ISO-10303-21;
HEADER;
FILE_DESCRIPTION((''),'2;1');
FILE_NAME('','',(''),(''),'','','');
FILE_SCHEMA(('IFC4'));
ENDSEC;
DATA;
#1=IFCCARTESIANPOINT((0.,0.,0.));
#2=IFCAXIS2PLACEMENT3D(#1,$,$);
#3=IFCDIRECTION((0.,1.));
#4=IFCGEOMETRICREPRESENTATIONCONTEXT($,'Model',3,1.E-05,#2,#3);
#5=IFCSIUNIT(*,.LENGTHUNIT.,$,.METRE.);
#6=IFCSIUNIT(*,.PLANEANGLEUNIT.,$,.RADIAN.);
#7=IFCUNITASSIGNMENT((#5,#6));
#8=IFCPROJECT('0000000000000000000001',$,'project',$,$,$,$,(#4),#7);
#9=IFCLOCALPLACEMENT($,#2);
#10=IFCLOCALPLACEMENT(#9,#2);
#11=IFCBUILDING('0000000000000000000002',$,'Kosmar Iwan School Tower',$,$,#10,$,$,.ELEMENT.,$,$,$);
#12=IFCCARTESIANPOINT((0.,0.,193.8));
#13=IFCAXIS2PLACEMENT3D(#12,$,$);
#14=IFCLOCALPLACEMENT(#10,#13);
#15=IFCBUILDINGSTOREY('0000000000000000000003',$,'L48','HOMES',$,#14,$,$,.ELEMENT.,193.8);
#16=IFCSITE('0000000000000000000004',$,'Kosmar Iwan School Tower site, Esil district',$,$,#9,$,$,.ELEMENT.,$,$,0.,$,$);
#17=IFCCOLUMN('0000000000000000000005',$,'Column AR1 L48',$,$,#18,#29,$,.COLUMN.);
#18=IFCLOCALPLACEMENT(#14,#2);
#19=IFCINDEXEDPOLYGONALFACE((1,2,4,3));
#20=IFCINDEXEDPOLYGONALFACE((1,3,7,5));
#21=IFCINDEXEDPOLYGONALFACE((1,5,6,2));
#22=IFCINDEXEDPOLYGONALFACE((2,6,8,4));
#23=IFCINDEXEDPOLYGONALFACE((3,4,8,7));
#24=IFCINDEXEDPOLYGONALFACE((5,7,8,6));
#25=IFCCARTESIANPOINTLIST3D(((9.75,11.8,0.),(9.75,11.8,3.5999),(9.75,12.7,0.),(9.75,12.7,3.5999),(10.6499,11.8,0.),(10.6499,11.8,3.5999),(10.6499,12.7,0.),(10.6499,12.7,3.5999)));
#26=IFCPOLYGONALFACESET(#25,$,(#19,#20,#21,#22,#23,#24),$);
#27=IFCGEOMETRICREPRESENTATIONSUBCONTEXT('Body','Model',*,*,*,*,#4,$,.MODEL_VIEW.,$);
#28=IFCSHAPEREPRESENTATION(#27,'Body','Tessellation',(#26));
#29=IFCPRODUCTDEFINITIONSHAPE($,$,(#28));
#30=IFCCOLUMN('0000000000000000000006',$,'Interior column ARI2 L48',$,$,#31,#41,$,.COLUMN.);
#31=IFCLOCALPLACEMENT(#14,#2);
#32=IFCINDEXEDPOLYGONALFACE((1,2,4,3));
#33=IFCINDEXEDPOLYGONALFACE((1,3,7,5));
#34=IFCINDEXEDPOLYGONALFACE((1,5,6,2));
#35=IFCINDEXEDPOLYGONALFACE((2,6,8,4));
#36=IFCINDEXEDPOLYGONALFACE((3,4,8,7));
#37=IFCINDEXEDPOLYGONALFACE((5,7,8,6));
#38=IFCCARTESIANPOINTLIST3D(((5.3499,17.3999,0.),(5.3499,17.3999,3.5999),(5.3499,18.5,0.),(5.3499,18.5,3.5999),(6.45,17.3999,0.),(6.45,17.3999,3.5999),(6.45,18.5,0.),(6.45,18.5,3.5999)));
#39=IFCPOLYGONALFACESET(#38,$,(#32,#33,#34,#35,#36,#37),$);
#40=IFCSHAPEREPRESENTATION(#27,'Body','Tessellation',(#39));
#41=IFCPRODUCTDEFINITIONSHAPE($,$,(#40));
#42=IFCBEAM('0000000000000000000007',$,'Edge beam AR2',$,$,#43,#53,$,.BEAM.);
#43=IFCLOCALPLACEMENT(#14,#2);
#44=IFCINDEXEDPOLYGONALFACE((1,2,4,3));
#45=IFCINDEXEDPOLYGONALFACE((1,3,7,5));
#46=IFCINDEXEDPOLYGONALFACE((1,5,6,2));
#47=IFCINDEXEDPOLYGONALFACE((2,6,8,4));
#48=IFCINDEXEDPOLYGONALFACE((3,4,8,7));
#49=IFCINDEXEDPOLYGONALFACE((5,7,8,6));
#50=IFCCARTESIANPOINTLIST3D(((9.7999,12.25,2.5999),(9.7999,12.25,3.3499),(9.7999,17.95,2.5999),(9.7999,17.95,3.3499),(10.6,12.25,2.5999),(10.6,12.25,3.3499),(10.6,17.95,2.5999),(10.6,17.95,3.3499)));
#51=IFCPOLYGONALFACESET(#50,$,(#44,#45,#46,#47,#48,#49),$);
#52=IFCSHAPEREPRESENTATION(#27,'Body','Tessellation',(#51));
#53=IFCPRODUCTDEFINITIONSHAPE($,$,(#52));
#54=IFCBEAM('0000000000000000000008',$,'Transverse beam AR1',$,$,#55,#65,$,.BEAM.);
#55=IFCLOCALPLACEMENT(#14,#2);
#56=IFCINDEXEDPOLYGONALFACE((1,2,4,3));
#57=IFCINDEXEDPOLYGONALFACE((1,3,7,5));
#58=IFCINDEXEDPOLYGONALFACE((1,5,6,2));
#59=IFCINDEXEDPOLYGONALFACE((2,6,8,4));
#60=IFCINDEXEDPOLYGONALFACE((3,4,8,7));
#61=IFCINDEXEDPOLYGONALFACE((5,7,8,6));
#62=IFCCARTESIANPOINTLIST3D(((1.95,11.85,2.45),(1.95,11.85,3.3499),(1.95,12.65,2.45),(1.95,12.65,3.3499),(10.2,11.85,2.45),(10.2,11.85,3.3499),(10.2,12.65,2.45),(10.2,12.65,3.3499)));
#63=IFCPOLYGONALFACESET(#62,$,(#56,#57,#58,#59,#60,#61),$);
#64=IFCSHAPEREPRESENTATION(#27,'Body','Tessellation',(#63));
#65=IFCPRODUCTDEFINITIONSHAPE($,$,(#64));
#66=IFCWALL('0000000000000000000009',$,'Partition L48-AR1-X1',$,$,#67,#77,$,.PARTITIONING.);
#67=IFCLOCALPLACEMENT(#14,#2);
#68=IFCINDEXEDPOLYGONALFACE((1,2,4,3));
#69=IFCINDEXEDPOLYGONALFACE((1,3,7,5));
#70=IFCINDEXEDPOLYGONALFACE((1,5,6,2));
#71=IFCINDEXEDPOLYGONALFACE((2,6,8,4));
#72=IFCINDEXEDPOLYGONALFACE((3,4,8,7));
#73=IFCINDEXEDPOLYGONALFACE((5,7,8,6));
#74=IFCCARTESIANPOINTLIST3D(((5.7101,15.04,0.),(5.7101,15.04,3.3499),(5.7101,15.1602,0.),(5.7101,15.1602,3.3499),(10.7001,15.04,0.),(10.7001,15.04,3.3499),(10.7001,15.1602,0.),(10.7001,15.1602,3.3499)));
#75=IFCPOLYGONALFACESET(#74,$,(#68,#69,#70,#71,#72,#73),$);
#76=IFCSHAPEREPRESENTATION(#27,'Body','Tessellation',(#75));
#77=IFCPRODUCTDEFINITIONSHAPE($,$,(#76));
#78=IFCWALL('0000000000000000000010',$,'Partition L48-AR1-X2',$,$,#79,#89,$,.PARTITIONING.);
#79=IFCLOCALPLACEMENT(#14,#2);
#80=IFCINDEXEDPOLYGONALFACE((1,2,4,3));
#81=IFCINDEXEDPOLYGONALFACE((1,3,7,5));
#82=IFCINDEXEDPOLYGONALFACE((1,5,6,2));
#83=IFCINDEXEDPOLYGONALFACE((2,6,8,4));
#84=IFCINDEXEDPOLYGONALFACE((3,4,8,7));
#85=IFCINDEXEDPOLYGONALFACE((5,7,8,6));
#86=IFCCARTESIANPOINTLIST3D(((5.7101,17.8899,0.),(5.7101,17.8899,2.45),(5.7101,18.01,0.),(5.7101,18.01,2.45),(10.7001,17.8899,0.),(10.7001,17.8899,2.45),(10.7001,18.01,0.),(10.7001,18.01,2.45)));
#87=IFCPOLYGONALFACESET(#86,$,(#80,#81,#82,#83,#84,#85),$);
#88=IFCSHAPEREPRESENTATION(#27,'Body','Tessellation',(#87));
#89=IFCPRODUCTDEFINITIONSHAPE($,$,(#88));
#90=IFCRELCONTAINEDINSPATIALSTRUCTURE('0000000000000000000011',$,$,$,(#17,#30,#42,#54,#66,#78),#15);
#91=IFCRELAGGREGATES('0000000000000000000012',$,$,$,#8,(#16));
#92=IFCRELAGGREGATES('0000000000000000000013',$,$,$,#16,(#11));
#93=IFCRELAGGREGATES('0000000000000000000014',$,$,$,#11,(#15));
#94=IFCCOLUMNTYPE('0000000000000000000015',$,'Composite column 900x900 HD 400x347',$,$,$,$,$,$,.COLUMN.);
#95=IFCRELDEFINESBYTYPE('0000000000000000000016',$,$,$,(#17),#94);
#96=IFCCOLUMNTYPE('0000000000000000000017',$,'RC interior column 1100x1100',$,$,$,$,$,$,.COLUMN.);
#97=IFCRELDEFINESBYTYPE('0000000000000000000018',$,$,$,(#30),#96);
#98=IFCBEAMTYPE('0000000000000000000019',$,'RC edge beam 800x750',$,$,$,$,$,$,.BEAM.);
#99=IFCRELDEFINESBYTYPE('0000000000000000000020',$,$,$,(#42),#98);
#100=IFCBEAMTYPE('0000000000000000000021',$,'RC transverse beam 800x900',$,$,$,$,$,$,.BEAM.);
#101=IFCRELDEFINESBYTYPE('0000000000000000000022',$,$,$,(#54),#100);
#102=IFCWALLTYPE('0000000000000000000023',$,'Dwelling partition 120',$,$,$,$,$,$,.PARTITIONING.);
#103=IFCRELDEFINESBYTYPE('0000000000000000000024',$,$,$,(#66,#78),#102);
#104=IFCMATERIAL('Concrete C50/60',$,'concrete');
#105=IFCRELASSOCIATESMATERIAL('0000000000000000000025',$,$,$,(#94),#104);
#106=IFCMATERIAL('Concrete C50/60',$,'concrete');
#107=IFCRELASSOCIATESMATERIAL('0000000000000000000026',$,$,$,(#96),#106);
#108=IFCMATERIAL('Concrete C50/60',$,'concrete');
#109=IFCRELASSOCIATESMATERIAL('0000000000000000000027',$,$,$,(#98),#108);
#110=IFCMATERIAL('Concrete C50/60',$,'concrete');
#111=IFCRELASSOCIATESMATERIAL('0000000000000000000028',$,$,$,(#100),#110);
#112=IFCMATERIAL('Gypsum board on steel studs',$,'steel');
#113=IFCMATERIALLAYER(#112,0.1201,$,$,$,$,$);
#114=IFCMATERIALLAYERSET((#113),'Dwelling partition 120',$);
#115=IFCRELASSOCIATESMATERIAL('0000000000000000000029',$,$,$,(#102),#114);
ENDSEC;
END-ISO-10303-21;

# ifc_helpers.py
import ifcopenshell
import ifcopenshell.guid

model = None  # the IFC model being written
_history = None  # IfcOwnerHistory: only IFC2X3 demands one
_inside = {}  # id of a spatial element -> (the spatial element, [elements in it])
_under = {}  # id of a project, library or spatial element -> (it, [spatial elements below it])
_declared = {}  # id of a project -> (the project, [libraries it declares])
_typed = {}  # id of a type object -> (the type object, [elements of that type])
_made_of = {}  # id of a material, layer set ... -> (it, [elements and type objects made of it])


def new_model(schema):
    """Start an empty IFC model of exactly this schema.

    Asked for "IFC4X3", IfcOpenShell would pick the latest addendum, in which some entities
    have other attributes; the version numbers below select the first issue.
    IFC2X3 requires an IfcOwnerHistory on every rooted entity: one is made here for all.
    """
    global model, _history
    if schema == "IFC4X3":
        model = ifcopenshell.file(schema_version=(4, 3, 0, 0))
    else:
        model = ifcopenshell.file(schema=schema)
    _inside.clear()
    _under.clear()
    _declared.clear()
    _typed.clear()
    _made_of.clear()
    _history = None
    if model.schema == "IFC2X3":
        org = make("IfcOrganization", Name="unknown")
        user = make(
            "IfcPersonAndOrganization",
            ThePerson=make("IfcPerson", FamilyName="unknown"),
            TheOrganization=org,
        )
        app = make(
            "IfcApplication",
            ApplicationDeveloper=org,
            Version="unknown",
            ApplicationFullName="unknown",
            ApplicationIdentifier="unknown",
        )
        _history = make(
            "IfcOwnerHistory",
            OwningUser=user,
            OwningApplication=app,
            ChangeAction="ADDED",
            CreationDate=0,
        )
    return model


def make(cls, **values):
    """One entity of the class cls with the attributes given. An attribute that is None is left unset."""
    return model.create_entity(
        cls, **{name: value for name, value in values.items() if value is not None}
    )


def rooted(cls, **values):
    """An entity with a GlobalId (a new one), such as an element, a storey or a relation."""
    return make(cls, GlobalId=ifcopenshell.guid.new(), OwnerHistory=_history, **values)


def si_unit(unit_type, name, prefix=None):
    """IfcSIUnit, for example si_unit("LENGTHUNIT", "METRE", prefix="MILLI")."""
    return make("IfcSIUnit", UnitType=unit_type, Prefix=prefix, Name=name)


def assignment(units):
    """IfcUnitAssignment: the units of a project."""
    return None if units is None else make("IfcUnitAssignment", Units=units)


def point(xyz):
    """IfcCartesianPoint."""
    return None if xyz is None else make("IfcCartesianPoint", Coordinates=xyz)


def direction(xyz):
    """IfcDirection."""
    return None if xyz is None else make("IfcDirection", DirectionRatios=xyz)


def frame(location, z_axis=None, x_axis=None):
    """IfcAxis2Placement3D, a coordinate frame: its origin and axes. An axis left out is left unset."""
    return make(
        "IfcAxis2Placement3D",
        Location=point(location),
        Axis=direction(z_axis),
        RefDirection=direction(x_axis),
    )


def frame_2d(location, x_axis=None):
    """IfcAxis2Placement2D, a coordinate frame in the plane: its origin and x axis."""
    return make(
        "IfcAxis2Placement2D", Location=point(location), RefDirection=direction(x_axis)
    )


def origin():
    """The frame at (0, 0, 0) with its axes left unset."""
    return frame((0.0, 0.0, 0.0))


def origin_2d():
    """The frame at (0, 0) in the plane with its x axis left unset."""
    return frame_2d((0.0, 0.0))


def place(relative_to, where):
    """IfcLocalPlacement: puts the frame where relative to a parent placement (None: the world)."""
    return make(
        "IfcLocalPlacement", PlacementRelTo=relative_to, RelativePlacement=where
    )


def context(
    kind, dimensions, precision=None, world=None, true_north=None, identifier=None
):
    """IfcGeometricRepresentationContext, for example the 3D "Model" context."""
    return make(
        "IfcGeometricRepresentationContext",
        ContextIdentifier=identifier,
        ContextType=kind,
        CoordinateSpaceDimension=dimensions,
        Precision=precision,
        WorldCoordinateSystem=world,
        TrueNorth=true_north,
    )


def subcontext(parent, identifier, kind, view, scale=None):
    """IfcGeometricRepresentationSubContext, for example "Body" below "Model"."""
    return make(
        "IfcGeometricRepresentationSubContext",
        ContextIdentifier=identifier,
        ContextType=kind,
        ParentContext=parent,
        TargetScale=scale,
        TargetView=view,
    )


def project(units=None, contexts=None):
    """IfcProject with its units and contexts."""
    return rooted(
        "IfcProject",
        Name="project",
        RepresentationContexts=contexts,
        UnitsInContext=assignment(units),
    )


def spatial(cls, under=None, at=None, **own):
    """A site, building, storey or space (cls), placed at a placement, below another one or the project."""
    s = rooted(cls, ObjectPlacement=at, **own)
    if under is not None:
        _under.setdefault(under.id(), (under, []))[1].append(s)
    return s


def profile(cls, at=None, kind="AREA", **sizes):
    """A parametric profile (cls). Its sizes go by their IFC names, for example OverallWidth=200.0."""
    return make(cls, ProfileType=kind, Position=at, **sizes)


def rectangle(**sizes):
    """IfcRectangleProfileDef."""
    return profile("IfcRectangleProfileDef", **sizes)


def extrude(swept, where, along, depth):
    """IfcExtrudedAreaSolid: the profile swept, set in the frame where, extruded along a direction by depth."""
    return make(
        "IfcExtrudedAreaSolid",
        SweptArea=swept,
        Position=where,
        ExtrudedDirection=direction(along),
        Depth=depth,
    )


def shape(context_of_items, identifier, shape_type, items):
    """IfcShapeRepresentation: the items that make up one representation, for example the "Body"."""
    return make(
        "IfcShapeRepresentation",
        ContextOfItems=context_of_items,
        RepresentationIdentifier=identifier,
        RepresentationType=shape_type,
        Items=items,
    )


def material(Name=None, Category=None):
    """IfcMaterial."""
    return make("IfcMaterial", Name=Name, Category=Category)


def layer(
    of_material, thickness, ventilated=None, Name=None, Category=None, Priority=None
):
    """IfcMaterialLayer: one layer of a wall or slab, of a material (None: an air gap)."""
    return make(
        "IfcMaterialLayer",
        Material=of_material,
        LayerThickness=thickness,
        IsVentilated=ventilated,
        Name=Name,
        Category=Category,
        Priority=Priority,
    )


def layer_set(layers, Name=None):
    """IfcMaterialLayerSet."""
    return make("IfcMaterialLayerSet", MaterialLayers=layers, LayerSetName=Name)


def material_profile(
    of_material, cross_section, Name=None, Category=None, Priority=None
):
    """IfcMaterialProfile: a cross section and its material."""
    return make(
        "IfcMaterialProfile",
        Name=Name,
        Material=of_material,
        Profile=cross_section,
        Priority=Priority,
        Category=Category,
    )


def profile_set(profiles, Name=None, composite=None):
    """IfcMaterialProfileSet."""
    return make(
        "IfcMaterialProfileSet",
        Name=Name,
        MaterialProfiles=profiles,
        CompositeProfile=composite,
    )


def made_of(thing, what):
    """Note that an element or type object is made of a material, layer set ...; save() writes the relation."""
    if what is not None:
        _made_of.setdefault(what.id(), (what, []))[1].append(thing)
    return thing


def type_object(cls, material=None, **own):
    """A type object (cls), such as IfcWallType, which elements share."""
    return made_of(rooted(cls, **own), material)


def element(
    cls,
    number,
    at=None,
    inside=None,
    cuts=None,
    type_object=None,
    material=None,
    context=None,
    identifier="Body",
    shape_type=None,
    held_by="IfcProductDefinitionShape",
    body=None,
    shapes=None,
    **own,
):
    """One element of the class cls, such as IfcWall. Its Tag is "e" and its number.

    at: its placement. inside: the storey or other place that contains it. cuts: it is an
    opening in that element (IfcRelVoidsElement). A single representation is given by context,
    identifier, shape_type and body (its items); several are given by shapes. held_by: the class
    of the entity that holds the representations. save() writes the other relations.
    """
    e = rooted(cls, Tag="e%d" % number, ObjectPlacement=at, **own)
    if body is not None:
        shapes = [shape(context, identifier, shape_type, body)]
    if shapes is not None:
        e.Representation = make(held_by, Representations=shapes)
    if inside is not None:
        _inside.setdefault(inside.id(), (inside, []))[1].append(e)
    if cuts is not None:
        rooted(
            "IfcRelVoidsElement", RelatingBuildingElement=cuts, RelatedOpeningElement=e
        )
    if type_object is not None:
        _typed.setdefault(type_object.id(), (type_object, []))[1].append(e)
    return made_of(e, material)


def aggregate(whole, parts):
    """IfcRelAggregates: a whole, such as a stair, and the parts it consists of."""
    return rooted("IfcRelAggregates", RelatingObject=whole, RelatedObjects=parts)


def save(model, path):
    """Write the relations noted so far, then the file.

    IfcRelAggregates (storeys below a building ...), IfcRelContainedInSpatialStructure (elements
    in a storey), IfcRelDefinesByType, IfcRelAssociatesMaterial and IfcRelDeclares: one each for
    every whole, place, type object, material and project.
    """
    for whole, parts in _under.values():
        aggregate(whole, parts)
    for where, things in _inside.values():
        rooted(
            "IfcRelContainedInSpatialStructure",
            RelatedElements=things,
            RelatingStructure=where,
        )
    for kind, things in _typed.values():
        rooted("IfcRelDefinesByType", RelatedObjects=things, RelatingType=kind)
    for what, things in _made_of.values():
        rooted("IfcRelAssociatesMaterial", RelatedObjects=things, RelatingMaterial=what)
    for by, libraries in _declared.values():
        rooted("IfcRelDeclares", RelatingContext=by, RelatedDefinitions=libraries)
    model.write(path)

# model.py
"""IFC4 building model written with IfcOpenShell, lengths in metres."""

from ifc_helpers import new_model, si_unit, direction, frame, frame_2d, origin, origin_2d, place, context, subcontext, project, spatial, rectangle, extrude, material, layer, layer_set, material_profile, profile_set, type_object, element, save


model = new_model("IFC4")

# Units and contexts
model_context = context("Model", 3, precision=1e-05, world=origin(), true_north=direction((0.0, 1.0)))
body_context = subcontext(model_context, "Body", "Model", "MODEL_VIEW")
ifc_project = project(units=[si_unit("LENGTHUNIT", "METRE"), si_unit("PLANEANGLEUNIT", "RADIAN")], contexts=[model_context])

# Site, building, storey
site_placement = place(None, origin())
site = spatial("IfcSite", under=ifc_project, at=site_placement, Name="Kosmar Iwan School Tower site, Esil district", CompositionType="ELEMENT", RefElevation=0.0)
building_placement = place(site_placement, origin())
building = spatial("IfcBuilding", under=site, at=building_placement, Name="Kosmar Iwan School Tower", CompositionType="ELEMENT")
storey_placement = place(building_placement, frame((0.0, 0.0, 193.8)))
storey = spatial("IfcBuildingStorey", under=building, at=storey_placement, Name="L48", Description="HOMES", CompositionType="ELEMENT", Elevation=193.8)

# Columns
ifc_material_1 = material(Name="Concrete C50/60", Category="concrete")
ifc_material_profile_1 = material_profile(ifc_material_1, rectangle(XDim=0.8999, YDim=0.8999, at=origin_2d()), Name="RC 900x900 + HD 400x347")
ifc_profile_set_1 = profile_set([ifc_material_profile_1], Name="Concrete C50/60")
column_type_1 = type_object("IfcColumnType", Name="Composite column 900x900 HD 400x347", PredefinedType="COLUMN", material=ifc_profile_set_1)
column_1_placement = place(storey_placement, frame((10.2, 12.25, 0.0), z_axis=(0.0, 0.0, 1.0), x_axis=(0.0, 1.0, 0.0)))
element("IfcColumn", 1, at=column_1_placement, inside=storey, type_object=column_type_1, Name="Column AR1 L48", PredefinedType="COLUMN", context=body_context, shape_type="SweptSolid", body=[
    extrude(rectangle(XDim=0.8999, YDim=0.8999, at=origin_2d()), origin(), (0.0, 0.0, 1.0), 3.5999),
])
ifc_material_2 = material(Name="Concrete C50/60", Category="concrete")
ifc_material_profile_2 = material_profile(ifc_material_2, rectangle(XDim=1.1001, YDim=1.1001, at=origin_2d()), Name="RC 1100x1100")
ifc_profile_set_2 = profile_set([ifc_material_profile_2], Name="Concrete C50/60")
column_type_2 = type_object("IfcColumnType", Name="RC interior column 1100x1100", PredefinedType="COLUMN", material=ifc_profile_set_2)
column_2_placement = place(storey_placement, frame((5.8999, 17.95, 0.0), z_axis=(0.0, 0.0, 1.0), x_axis=(0.0, 1.0, 0.0)))
element("IfcColumn", 2, at=column_2_placement, inside=storey, type_object=column_type_2, Name="Interior column ARI2 L48", PredefinedType="COLUMN", context=body_context, shape_type="SweptSolid", body=[
    extrude(rectangle(XDim=1.1001, YDim=1.1001, at=origin_2d()), origin(), (0.0, 0.0, 1.0), 3.5999),
])

# Beams
ifc_material_3 = material(Name="Concrete C50/60", Category="concrete")
ifc_material_profile_3 = material_profile(ifc_material_3, rectangle(XDim=0.8, YDim=0.75, at=origin_2d()), Name="RC 800x750")
ifc_profile_set_3 = profile_set([ifc_material_profile_3], Name="Concrete C50/60")
beam_type_1 = type_object("IfcBeamType", Name="RC edge beam 800x750", PredefinedType="BEAM", material=ifc_profile_set_3)
beam_1_placement = place(storey_placement, frame((10.2, 12.25, 2.9749), z_axis=(0.0, 1.0, 0.0), x_axis=(-1.0, 0.0, 0.0)))
element("IfcBeam", 3, at=beam_1_placement, inside=storey, type_object=beam_type_1, Name="Edge beam AR2", PredefinedType="BEAM", context=body_context, shape_type="SweptSolid", body=[
    extrude(rectangle(XDim=0.8, YDim=0.75, at=origin_2d()), origin(), (0.0, 0.0, 1.0), 5.7),
])
ifc_material_4 = material(Name="Concrete C50/60", Category="concrete")
ifc_material_profile_4 = material_profile(ifc_material_4, rectangle(XDim=0.8, YDim=0.8999, at=origin_2d()), Name="RC 800x900")
ifc_profile_set_4 = profile_set([ifc_material_profile_4], Name="Concrete C50/60")
beam_type_2 = type_object("IfcBeamType", Name="RC transverse beam 800x900", PredefinedType="BEAM", material=ifc_profile_set_4)
beam_2_placement = place(storey_placement, frame((10.2, 12.25, 2.8999), z_axis=(-1.0, 0.0, 0.0), x_axis=(0.0, -1.0, 0.0)))
element("IfcBeam", 4, at=beam_2_placement, inside=storey, type_object=beam_type_2, Name="Transverse beam AR1", PredefinedType="BEAM", context=body_context, shape_type="SweptSolid", body=[
    extrude(rectangle(XDim=0.8, YDim=0.8999, at=origin_2d()), origin(), (0.0, 0.0, 1.0), 8.25),
])

# Walls
ifc_material_5 = material(Name="Gypsum board on steel studs", Category="steel")
ifc_layer = layer(ifc_material_5, 0.1201)
ifc_layer_set = layer_set([ifc_layer], Name="Dwelling partition 120")
wall_type = type_object("IfcWallType", Name="Dwelling partition 120", PredefinedType="PARTITIONING", material=ifc_layer_set)
wall_1_placement = place(storey_placement, frame((5.71, 15.1001, 0.0), z_axis=(0.0, 0.0, 1.0), x_axis=(1.0, 0.0, 0.0)))
element("IfcWall", 5, at=wall_1_placement, inside=storey, type_object=wall_type, Name="Partition L48-AR1-X1", PredefinedType="PARTITIONING", context=body_context, shape_type="SweptSolid", body=[
    extrude(rectangle(XDim=4.99, YDim=0.1201, at=frame_2d((2.4951, 0.0))), origin(), (0.0, 0.0, 1.0), 3.3499),
])
wall_2_placement = place(storey_placement, frame((5.71, 17.95, 0.0), z_axis=(0.0, 0.0, 1.0), x_axis=(1.0, 0.0, 0.0)))
element("IfcWall", 6, at=wall_2_placement, inside=storey, type_object=wall_type, Name="Partition L48-AR1-X2", PredefinedType="PARTITIONING", context=body_context, shape_type="SweptSolid", body=[
    extrude(rectangle(XDim=4.99, YDim=0.1201, at=frame_2d((2.4951, 0.0))), origin(), (0.0, 0.0, 1.0), 2.45),
])

save(model, "model.ifc")
